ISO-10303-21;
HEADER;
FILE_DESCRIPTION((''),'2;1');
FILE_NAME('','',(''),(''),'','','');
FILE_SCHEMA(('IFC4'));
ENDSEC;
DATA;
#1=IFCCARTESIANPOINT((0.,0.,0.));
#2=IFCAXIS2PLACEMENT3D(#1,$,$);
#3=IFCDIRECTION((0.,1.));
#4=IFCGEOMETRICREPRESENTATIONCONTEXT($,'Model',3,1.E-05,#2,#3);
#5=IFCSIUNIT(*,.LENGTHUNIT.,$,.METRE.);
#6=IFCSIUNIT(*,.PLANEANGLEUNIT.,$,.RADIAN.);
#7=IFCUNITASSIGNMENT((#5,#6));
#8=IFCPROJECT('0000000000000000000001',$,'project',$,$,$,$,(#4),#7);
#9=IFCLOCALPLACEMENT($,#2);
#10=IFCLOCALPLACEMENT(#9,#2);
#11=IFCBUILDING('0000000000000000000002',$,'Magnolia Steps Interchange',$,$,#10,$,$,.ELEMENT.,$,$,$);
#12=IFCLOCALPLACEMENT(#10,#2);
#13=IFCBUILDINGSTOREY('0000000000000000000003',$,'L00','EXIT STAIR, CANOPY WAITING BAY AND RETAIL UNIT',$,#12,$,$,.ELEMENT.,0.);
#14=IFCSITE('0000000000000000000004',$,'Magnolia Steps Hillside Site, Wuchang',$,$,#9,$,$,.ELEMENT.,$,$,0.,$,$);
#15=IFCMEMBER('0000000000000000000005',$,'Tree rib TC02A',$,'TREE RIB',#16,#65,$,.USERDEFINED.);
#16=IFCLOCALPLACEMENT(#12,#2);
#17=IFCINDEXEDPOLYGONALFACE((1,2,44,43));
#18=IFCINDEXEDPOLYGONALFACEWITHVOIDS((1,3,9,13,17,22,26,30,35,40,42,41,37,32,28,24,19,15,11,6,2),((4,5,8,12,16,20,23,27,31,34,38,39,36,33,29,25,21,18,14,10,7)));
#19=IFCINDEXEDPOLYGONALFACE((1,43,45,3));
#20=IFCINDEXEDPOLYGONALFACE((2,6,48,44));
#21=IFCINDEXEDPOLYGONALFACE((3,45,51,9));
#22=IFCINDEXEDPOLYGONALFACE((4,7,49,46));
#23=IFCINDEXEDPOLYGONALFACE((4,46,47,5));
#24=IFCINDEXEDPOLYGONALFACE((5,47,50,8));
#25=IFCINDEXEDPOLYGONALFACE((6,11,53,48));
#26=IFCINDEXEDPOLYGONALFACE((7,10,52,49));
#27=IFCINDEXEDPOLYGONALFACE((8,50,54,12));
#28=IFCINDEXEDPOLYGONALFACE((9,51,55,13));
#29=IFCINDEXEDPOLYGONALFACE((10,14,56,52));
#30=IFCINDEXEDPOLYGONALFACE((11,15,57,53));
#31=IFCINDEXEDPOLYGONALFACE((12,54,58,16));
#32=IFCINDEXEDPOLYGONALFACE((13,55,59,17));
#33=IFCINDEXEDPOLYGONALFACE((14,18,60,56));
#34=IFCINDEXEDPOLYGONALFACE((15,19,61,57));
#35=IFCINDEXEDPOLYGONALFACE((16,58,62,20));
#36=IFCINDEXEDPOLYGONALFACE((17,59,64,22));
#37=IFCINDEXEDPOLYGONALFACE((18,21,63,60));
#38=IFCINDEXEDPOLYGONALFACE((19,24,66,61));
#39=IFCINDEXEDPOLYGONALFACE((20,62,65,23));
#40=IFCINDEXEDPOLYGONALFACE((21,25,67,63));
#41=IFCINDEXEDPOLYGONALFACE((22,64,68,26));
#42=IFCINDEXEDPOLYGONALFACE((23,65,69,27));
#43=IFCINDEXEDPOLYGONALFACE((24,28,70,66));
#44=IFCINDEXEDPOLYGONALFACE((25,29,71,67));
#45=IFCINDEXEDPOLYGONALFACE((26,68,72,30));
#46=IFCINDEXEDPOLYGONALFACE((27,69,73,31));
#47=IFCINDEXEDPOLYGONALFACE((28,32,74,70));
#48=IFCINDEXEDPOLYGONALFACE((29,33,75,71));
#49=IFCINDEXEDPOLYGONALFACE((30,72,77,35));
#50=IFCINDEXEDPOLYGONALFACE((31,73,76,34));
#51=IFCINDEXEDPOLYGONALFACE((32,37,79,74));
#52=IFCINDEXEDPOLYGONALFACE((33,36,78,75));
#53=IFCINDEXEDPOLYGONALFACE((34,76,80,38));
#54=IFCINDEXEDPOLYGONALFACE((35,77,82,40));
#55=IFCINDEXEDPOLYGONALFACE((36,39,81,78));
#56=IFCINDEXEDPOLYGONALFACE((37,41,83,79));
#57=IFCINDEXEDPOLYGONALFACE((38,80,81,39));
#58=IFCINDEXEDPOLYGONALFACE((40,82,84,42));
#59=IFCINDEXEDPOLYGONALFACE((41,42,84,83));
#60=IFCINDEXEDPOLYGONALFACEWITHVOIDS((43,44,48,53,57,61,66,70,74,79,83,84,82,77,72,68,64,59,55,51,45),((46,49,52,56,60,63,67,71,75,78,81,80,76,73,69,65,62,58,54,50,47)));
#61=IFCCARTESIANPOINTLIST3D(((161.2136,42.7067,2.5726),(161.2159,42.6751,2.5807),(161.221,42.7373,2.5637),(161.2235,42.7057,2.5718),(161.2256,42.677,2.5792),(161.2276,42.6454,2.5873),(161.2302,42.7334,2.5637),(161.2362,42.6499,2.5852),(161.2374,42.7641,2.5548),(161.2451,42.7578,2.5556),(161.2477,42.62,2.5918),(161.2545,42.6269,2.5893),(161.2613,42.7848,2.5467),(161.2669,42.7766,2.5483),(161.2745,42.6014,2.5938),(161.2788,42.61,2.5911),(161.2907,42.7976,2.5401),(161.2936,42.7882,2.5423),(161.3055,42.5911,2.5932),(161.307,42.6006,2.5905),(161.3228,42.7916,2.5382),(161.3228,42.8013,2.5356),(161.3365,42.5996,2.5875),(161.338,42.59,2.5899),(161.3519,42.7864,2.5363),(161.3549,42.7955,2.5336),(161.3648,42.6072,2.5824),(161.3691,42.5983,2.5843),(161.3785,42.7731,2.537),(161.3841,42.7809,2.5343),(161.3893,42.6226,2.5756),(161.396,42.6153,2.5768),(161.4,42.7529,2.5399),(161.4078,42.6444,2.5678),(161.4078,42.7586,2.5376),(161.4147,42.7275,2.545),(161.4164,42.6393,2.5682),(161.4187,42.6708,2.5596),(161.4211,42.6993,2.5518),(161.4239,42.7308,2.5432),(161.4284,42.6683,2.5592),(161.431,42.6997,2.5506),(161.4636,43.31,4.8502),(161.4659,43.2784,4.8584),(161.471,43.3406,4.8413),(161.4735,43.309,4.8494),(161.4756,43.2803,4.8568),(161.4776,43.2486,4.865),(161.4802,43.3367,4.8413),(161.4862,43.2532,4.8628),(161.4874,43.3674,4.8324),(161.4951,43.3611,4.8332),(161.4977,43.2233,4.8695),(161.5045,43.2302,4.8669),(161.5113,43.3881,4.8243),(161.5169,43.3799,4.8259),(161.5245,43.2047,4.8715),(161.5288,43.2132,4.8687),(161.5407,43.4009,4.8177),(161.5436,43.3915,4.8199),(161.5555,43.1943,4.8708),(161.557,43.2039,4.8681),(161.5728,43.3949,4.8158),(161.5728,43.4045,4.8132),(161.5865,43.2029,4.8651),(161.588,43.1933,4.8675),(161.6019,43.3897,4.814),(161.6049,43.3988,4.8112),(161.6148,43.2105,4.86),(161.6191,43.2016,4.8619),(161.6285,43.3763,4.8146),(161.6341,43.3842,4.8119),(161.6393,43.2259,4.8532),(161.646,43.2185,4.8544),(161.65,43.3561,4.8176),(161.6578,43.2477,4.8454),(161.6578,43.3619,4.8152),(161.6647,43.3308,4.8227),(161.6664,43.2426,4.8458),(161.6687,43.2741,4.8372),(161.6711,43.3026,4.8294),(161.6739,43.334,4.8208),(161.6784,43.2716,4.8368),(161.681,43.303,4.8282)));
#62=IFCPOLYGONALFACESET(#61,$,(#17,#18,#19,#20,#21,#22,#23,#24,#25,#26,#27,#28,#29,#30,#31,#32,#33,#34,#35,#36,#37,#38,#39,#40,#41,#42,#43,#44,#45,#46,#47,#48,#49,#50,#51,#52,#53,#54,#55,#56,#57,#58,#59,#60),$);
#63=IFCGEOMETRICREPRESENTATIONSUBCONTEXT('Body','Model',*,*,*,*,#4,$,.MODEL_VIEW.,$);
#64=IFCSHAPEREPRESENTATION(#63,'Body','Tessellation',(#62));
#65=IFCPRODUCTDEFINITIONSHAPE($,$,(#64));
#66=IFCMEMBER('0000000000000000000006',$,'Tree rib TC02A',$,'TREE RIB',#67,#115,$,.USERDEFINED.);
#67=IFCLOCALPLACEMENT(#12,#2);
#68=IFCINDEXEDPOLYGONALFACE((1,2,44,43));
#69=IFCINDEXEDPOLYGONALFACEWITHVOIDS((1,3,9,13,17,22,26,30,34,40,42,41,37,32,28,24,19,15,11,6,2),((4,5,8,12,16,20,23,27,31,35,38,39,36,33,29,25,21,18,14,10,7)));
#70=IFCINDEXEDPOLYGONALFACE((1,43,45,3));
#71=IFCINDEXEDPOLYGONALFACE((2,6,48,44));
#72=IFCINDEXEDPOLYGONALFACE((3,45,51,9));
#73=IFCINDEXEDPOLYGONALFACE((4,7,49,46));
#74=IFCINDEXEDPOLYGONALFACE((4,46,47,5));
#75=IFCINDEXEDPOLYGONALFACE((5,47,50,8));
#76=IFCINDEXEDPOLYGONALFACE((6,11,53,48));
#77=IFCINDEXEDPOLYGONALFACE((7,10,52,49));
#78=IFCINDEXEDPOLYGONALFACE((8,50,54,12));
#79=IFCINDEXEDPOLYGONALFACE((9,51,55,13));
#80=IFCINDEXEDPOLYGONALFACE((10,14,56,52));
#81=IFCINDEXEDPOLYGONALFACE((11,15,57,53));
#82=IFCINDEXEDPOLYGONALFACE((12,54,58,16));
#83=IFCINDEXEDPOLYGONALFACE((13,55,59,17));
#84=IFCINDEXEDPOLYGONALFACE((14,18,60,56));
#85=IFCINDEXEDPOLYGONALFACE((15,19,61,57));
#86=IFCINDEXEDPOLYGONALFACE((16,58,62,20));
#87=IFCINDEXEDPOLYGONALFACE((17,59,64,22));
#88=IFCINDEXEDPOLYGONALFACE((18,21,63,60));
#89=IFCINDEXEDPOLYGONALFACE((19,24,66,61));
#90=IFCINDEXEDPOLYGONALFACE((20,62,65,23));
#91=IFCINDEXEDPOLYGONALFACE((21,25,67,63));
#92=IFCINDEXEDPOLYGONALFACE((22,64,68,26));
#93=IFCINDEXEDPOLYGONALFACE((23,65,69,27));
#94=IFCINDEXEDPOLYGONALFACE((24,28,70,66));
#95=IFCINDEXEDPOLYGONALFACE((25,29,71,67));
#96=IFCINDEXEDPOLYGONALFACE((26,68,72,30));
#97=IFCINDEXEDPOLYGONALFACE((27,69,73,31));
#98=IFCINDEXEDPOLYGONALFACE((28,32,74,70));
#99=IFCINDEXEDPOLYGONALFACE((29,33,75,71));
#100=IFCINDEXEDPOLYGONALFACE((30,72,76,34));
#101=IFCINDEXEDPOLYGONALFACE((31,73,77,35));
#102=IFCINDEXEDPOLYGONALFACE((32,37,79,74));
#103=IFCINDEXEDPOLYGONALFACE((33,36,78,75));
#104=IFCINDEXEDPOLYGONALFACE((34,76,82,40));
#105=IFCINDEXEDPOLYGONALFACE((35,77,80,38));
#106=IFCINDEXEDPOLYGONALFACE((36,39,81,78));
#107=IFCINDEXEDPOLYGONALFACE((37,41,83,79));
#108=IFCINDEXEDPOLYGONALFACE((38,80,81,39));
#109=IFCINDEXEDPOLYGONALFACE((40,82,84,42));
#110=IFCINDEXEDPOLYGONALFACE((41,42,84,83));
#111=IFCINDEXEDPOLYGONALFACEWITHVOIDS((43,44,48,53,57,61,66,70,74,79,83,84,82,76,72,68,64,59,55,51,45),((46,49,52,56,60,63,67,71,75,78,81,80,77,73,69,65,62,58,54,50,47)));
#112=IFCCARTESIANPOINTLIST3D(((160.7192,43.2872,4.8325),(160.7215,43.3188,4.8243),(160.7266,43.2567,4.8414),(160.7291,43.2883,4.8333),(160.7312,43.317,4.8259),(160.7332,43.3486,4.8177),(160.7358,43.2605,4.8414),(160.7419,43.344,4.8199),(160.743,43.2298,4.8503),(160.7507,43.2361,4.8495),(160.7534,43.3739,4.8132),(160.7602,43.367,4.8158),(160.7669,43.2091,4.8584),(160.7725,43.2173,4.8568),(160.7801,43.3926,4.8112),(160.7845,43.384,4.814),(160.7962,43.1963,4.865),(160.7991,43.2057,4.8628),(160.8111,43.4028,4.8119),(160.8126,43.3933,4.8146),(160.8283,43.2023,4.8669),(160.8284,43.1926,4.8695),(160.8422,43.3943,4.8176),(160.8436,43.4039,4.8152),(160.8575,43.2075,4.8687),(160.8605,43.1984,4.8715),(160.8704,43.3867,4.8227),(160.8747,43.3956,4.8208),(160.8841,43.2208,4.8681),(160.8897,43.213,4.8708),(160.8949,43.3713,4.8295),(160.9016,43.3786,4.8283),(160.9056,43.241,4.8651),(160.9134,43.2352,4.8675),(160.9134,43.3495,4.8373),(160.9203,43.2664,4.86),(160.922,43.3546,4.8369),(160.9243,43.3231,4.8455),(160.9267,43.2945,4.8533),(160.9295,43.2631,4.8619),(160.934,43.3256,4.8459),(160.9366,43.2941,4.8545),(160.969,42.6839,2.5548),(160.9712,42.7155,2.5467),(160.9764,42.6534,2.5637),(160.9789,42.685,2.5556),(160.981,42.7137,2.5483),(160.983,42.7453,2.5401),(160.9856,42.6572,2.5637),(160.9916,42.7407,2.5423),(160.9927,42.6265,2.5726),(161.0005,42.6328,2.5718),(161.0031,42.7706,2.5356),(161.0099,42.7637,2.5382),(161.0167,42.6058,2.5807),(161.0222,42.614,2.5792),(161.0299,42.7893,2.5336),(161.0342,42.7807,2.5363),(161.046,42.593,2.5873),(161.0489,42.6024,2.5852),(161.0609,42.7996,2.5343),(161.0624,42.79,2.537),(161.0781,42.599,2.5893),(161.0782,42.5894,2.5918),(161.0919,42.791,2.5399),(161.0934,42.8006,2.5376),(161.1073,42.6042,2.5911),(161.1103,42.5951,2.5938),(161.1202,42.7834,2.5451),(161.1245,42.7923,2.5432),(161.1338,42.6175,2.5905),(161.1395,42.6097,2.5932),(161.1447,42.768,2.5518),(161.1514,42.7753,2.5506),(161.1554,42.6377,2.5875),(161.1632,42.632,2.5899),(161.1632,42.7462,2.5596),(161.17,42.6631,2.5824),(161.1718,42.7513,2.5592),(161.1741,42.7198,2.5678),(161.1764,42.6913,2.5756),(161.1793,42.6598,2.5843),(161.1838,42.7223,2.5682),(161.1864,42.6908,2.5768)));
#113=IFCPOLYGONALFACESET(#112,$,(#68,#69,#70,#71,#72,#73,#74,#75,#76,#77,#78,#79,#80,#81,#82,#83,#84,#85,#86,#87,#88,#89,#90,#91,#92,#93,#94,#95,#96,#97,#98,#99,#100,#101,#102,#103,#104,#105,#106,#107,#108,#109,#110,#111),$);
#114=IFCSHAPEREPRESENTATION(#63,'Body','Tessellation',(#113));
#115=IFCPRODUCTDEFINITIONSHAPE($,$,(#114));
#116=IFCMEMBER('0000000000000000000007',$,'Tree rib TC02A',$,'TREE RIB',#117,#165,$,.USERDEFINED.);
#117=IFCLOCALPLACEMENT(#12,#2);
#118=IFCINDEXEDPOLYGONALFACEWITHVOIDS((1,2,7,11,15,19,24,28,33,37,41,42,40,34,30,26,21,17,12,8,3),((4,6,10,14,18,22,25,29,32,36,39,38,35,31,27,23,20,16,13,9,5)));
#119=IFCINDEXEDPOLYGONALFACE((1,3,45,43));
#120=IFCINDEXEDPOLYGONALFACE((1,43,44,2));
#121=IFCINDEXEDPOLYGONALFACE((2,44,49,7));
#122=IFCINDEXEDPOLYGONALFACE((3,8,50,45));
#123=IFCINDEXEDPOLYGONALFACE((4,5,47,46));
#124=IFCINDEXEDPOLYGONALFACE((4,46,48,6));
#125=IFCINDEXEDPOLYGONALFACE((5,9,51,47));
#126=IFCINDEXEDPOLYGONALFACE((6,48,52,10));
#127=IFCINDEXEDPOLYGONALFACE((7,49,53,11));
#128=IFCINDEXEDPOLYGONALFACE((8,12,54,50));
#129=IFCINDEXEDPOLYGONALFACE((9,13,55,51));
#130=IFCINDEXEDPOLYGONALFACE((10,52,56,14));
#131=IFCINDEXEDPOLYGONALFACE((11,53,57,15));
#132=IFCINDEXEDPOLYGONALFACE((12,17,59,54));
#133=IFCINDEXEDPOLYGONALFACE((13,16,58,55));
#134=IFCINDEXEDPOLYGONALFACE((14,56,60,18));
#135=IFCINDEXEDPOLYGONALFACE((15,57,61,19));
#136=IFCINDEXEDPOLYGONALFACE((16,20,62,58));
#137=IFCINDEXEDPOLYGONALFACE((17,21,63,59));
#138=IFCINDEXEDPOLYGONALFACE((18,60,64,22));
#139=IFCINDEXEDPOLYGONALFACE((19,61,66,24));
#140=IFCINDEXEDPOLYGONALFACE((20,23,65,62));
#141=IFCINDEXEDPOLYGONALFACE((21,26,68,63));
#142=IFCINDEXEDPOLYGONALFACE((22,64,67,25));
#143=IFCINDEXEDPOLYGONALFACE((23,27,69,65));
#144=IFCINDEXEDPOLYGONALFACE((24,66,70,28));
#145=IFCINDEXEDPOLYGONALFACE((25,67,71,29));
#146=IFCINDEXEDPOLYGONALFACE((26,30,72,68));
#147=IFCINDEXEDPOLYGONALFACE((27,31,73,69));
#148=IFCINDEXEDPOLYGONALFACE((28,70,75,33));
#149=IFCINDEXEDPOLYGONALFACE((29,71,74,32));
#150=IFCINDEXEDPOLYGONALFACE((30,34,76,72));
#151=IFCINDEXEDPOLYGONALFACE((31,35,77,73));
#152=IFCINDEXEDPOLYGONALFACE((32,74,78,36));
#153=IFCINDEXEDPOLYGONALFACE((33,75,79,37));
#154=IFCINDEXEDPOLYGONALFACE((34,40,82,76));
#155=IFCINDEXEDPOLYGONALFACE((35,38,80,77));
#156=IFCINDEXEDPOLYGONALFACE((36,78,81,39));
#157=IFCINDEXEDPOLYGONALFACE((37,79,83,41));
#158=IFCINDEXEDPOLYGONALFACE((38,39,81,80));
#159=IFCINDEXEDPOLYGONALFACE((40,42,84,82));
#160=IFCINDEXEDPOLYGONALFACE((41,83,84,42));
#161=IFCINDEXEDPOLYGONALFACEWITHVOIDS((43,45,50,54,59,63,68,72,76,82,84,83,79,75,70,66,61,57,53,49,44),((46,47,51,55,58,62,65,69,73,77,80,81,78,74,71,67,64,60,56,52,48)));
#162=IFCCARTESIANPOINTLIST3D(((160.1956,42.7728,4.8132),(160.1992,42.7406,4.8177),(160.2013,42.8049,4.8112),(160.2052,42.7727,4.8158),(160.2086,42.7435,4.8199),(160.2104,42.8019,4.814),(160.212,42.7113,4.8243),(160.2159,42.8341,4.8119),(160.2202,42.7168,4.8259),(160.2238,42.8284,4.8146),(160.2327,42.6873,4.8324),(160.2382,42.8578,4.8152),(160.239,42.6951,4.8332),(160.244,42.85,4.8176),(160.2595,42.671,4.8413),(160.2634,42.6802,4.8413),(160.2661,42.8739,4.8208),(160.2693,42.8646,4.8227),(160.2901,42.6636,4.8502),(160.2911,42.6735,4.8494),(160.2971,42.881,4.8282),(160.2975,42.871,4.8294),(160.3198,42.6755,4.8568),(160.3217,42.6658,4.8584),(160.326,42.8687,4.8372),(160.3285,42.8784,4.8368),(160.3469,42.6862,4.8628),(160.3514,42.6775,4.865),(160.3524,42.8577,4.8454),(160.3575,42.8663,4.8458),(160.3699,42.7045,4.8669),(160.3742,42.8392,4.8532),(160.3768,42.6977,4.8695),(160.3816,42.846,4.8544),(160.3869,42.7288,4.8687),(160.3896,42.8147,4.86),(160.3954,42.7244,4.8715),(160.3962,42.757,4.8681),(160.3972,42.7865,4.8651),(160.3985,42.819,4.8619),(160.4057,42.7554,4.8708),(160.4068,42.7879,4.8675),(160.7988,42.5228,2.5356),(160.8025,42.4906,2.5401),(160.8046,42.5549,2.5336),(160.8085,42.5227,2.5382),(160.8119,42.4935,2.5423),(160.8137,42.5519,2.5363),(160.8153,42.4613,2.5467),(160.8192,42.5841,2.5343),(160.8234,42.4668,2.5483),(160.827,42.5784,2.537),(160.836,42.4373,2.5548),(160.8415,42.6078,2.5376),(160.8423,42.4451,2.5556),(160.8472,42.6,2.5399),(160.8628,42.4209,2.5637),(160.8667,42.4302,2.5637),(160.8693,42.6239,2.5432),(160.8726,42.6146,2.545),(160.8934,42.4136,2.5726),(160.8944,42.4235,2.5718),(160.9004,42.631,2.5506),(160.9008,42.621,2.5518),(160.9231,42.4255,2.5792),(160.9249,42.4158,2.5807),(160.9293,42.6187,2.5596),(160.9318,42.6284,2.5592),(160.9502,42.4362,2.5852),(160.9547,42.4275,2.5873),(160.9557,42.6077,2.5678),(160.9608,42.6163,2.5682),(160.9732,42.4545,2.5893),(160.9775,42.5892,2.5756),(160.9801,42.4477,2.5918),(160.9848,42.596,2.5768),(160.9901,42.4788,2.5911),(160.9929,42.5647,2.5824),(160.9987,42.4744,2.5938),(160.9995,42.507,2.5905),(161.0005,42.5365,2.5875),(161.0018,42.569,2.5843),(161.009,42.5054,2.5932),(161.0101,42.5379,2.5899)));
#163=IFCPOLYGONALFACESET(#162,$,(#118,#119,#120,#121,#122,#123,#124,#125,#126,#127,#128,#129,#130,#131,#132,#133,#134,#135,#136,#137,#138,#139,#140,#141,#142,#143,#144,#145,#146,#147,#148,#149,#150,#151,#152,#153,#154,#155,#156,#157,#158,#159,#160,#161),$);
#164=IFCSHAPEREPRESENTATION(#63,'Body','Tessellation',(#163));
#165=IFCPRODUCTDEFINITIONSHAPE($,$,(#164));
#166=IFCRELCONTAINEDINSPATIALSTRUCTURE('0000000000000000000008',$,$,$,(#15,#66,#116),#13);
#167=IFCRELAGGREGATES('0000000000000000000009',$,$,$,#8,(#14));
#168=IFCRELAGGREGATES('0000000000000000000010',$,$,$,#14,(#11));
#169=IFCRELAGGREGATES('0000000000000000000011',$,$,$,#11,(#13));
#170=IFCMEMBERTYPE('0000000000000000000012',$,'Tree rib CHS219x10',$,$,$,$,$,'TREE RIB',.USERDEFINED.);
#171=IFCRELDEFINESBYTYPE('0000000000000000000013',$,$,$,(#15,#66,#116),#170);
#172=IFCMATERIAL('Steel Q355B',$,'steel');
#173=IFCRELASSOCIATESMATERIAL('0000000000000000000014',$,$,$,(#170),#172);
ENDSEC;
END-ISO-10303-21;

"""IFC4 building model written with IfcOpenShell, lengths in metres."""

from ifc_helpers import new_model, si_unit, direction, frame, origin, origin_2d, place, context, subcontext, project, spatial, hollow_circle, extrude, material, material_profile, profile_set, type_object, element, save


model = new_model("IFC4")

# Units and contexts
model_context = context("Model", 3, precision=1e-05, world=origin(), true_north=direction((0.0, 1.0)))
body_context = subcontext(model_context, "Body", "Model", "MODEL_VIEW")
ifc_project = project(units=[si_unit("LENGTHUNIT", "METRE"), si_unit("PLANEANGLEUNIT", "RADIAN")], contexts=[model_context])

# Site, building, storey
site_placement = place(None, origin())
site = spatial("IfcSite", under=ifc_project, at=site_placement, Name="Magnolia Steps Hillside Site, Wuchang", CompositionType="ELEMENT", RefElevation=0.0)
building_placement = place(site_placement, origin())
building = spatial("IfcBuilding", under=site, at=building_placement, Name="Magnolia Steps Interchange", CompositionType="ELEMENT")
storey_placement = place(building_placement, origin())
storey = spatial("IfcBuildingStorey", under=building, at=storey_placement, Name="L00", Description="EXIT STAIR, CANOPY WAITING BAY AND RETAIL UNIT", CompositionType="ELEMENT", Elevation=0.0)

# Members
ifc_material_1 = material(Name="Steel Q355B", Category="steel")
ifc_material_profile_1 = material_profile(ifc_material_1, hollow_circle(Radius=0.1096, WallThickness=0.01, at=origin_2d()), Name="CHS219x10")
ifc_profile_set_1 = profile_set([ifc_material_profile_1], Name="Steel Q355B")
member_type = type_object("IfcMemberType", Name="Tree rib CHS219x10", ElementType="TREE RIB", PredefinedType="USERDEFINED", material=ifc_profile_set_1)
for number, where, z_axis, x_axis, name in (
    (1, (161.3223, 42.6953, 2.5637), (0.105514, 0.254614, 0.961269), (-0.923816, 0.382836, 0.0), "Tree rib TC02A"),
    (2, (161.0776, 42.6953, 2.5637), (-0.105412, 0.254617, 0.96128), (-0.923948, -0.382517, 0.0), "Tree rib TC02A"),
    (3, (160.9048, 42.5222, 2.5637), (-0.254614, 0.105514, 0.961269), (-0.382836, -0.923816, 0.0), "Tree rib TC02A"),
):
    element("IfcMember", number, at=place(storey_placement, frame(where, z_axis=z_axis, x_axis=x_axis)), inside=storey, type_object=member_type, Name=name, ObjectType="TREE RIB", PredefinedType="USERDEFINED", context=body_context, shape_type="SweptSolid", body=[
        extrude(hollow_circle(Radius=0.1096, WallThickness=0.01, at=origin_2d()), origin(), (0.0, 0.0, 1.0), 2.3694),
    ])

save(model, "model.ifc")
